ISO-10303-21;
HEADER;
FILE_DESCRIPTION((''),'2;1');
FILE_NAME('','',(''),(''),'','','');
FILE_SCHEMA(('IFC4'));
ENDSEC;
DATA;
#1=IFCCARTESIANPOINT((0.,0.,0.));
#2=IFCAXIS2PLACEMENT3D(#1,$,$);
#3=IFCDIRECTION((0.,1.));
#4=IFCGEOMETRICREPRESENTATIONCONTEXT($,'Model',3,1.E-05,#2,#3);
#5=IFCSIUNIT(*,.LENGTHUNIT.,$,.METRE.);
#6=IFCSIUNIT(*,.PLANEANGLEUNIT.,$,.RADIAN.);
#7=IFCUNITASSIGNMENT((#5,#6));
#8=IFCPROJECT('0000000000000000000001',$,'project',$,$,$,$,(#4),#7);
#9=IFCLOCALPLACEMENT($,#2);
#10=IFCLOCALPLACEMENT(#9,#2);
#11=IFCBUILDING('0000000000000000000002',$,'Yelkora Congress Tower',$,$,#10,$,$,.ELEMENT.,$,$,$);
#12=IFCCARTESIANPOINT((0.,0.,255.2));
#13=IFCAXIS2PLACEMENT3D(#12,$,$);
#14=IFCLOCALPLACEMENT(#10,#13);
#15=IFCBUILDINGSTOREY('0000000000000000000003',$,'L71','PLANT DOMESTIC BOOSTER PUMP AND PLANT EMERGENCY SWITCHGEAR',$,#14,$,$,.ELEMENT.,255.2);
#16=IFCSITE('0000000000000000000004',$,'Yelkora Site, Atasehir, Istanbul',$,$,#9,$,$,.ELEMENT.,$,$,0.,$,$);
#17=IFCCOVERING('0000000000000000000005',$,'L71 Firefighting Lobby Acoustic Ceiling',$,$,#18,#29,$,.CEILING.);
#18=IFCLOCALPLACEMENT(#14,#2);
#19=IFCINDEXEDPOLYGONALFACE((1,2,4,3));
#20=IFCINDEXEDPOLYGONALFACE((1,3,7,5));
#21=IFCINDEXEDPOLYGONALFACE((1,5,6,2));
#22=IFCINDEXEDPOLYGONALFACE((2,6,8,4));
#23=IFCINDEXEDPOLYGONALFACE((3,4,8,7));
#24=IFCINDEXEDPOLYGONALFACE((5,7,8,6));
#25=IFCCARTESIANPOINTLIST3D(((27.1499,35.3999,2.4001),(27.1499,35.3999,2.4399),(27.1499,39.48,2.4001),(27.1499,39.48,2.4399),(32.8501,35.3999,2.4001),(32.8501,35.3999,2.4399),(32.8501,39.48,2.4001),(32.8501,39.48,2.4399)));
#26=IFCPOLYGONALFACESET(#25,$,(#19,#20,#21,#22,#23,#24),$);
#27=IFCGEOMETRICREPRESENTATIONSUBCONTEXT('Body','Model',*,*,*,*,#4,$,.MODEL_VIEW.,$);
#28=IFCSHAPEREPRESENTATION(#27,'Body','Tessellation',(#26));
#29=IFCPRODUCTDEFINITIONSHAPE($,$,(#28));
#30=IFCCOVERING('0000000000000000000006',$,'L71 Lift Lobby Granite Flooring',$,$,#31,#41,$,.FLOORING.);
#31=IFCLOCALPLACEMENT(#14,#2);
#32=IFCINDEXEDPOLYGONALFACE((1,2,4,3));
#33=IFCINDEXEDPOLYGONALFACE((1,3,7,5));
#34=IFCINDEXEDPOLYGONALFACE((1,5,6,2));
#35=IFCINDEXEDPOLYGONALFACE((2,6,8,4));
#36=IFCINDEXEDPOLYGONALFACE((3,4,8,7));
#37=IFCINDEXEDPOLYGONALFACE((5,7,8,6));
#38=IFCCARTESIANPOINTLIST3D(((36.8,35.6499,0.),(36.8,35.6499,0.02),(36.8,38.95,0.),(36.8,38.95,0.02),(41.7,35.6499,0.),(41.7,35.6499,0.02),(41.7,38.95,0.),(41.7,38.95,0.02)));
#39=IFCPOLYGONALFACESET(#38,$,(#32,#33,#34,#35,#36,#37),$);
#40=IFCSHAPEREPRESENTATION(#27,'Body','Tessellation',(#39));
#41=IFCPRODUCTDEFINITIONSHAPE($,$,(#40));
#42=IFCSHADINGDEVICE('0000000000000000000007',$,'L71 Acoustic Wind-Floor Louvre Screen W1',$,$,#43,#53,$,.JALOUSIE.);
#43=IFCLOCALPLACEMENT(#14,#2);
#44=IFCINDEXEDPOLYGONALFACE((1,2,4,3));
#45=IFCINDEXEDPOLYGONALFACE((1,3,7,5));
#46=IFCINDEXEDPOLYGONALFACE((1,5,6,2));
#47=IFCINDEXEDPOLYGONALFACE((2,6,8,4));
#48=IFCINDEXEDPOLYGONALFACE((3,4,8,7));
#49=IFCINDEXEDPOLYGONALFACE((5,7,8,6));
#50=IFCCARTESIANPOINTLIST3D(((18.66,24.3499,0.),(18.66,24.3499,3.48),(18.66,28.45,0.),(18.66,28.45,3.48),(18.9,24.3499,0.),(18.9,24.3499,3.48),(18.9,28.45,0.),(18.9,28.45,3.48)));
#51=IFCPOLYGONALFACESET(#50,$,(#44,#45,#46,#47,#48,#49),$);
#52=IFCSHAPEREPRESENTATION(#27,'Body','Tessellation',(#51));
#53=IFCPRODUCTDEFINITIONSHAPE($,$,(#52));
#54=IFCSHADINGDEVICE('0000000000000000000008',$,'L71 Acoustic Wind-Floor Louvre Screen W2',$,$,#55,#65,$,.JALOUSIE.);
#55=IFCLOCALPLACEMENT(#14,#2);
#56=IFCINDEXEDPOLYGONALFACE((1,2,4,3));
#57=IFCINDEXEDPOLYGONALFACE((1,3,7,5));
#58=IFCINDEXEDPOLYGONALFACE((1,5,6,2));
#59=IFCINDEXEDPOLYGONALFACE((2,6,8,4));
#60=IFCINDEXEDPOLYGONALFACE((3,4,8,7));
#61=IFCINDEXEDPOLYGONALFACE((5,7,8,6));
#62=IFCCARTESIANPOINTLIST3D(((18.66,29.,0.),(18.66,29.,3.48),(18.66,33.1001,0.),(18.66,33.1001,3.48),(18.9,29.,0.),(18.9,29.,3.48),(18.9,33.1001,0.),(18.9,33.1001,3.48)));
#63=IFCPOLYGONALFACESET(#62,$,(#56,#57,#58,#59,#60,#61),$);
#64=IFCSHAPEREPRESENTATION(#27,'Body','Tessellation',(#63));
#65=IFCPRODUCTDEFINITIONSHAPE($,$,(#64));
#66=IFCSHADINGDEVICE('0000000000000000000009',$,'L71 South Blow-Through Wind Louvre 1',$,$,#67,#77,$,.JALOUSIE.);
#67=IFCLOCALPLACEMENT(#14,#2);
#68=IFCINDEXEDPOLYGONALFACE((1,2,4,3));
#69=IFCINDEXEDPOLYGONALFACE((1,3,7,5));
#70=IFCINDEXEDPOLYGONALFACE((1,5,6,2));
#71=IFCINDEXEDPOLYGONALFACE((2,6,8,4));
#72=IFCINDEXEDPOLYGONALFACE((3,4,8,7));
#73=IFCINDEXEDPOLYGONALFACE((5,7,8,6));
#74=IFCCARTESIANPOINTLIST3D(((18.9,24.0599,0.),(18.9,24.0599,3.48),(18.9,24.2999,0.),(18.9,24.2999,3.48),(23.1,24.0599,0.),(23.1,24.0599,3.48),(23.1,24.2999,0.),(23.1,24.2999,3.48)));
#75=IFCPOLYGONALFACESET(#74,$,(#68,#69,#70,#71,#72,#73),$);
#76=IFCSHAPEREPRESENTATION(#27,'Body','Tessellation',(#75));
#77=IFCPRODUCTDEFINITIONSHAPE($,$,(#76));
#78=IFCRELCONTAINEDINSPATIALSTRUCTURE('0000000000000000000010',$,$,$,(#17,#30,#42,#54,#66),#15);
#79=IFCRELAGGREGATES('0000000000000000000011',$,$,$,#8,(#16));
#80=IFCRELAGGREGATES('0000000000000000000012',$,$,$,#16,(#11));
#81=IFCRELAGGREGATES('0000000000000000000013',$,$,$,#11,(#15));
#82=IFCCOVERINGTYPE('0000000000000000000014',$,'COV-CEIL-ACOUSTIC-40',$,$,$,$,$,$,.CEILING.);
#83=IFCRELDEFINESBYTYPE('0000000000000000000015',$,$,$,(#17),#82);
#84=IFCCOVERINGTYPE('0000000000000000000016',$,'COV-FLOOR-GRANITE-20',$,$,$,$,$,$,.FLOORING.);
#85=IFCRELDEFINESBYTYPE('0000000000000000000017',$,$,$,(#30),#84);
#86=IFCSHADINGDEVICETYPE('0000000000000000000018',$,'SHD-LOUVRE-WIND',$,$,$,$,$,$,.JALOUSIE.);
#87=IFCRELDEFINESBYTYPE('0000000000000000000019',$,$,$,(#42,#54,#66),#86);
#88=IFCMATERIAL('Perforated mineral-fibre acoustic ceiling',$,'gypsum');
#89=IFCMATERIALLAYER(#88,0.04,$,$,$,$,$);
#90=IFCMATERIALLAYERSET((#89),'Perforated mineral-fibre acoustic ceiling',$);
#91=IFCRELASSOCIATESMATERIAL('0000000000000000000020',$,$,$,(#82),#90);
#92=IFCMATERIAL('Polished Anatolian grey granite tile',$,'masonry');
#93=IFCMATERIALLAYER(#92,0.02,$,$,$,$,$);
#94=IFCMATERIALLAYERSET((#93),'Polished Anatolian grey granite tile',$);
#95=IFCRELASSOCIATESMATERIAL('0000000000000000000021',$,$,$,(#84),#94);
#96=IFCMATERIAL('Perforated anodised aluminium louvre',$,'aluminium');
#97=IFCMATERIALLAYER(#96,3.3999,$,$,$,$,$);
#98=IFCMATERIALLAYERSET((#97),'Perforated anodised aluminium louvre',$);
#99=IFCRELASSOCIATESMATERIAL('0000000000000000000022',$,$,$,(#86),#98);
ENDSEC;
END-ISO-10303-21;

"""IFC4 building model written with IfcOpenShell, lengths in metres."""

from ifc_helpers import new_model, si_unit, direction, frame, origin, origin_2d, place, context, subcontext, project, spatial, polyline, rectangle, outline, extrude, material, layer, layer_set, type_object, element, save


model = new_model("IFC4")

# Units and contexts
model_context = context("Model", 3, precision=1e-05, world=origin(), true_north=direction((0.0, 1.0)))
body_context = subcontext(model_context, "Body", "Model", "MODEL_VIEW")
ifc_project = project(units=[si_unit("LENGTHUNIT", "METRE"), si_unit("PLANEANGLEUNIT", "RADIAN")], contexts=[model_context])

# Site, building, storey
site_placement = place(None, origin())
site = spatial("IfcSite", under=ifc_project, at=site_placement, Name="Yelkora Site, Atasehir, Istanbul", CompositionType="ELEMENT", RefElevation=0.0)
building_placement = place(site_placement, origin())
building = spatial("IfcBuilding", under=site, at=building_placement, Name="Yelkora Congress Tower", CompositionType="ELEMENT")
storey_placement = place(building_placement, frame((0.0, 0.0, 255.2)))
storey = spatial("IfcBuildingStorey", under=building, at=storey_placement, Name="L71", Description="PLANT DOMESTIC BOOSTER PUMP AND PLANT EMERGENCY SWITCHGEAR", CompositionType="ELEMENT", Elevation=255.2)

# Coverings
ifc_material_1 = material(Name="Perforated mineral-fibre acoustic ceiling", Category="gypsum")
ifc_layer_1 = layer(ifc_material_1, 0.04)
ifc_layer_set_1 = layer_set([ifc_layer_1], Name="Perforated mineral-fibre acoustic ceiling")
covering_type_1 = type_object("IfcCoveringType", Name="COV-CEIL-ACOUSTIC-40", PredefinedType="CEILING", material=ifc_layer_set_1)
covering_1_placement = place(storey_placement, frame((0.0, 0.0, 2.4001)))
element("IfcCovering", 1, at=covering_1_placement, inside=storey, type_object=covering_type_1, Name="L71 Firefighting Lobby Acoustic Ceiling", PredefinedType="CEILING", context=body_context, shape_type="SweptSolid", body=[
    extrude(outline(polyline([(27.1499, 35.3999), (32.8501, 35.3999), (32.8501, 39.48), (27.1499, 39.48), (27.1499, 35.3999)])), origin(), (0.0, 0.0, 1.0), 0.0398),
])
ifc_material_2 = material(Name="Polished Anatolian grey granite tile", Category="masonry")
ifc_layer_2 = layer(ifc_material_2, 0.02)
ifc_layer_set_2 = layer_set([ifc_layer_2], Name="Polished Anatolian grey granite tile")
covering_type_2 = type_object("IfcCoveringType", Name="COV-FLOOR-GRANITE-20", PredefinedType="FLOORING", material=ifc_layer_set_2)
covering_2_placement = place(storey_placement, origin())
element("IfcCovering", 2, at=covering_2_placement, inside=storey, type_object=covering_type_2, Name="L71 Lift Lobby Granite Flooring", PredefinedType="FLOORING", context=body_context, shape_type="SweptSolid", body=[
    extrude(outline(polyline([(36.8, 35.6499), (41.7, 35.6499), (41.7, 38.95), (36.8, 38.95), (36.8, 35.6499)])), origin(), (0.0, 0.0, 1.0), 0.02),
])

# Shading devices
ifc_material_3 = material(Name="Perforated anodised aluminium louvre", Category="aluminium")
ifc_layer_3 = layer(ifc_material_3, 3.3999)
ifc_layer_set_3 = layer_set([ifc_layer_3], Name="Perforated anodised aluminium louvre")
shading_device_type = type_object("IfcShadingDeviceType", Name="SHD-LOUVRE-WIND", PredefinedType="JALOUSIE", material=ifc_layer_set_3)
for number, where, z_axis, x_axis, name in (
    (3, (18.78, 26.3999, 0.0), (0.0, 0.0, 1.0), (1.0, 0.0, 0.0), "L71 Acoustic Wind-Floor Louvre Screen W1"),
    (4, (18.78, 31.05, 0.0), (0.0, 0.0, 1.0), (1.0, 0.0, 0.0), "L71 Acoustic Wind-Floor Louvre Screen W2"),
):
    element("IfcShadingDevice", number, at=place(storey_placement, frame(where, z_axis=z_axis, x_axis=x_axis)), inside=storey, type_object=shading_device_type, Name=name, PredefinedType="JALOUSIE", context=body_context, shape_type="SweptSolid", body=[
        extrude(rectangle(XDim=0.24, YDim=4.1001, at=origin_2d()), origin(), (0.0, 0.0, 1.0), 3.48),
    ])
shading_device_placement = place(storey_placement, frame((21.0, 24.1799, 0.0), z_axis=(0.0, 0.0, 1.0), x_axis=(1.0, 0.0, 0.0)))
element("IfcShadingDevice", 5, at=shading_device_placement, inside=storey, type_object=shading_device_type, Name="L71 South Blow-Through Wind Louvre 1", PredefinedType="JALOUSIE", context=body_context, shape_type="SweptSolid", body=[
    extrude(rectangle(XDim=4.2, YDim=0.24, at=origin_2d()), origin(), (0.0, 0.0, 1.0), 3.48),
])

save(model, "model.ifc")
